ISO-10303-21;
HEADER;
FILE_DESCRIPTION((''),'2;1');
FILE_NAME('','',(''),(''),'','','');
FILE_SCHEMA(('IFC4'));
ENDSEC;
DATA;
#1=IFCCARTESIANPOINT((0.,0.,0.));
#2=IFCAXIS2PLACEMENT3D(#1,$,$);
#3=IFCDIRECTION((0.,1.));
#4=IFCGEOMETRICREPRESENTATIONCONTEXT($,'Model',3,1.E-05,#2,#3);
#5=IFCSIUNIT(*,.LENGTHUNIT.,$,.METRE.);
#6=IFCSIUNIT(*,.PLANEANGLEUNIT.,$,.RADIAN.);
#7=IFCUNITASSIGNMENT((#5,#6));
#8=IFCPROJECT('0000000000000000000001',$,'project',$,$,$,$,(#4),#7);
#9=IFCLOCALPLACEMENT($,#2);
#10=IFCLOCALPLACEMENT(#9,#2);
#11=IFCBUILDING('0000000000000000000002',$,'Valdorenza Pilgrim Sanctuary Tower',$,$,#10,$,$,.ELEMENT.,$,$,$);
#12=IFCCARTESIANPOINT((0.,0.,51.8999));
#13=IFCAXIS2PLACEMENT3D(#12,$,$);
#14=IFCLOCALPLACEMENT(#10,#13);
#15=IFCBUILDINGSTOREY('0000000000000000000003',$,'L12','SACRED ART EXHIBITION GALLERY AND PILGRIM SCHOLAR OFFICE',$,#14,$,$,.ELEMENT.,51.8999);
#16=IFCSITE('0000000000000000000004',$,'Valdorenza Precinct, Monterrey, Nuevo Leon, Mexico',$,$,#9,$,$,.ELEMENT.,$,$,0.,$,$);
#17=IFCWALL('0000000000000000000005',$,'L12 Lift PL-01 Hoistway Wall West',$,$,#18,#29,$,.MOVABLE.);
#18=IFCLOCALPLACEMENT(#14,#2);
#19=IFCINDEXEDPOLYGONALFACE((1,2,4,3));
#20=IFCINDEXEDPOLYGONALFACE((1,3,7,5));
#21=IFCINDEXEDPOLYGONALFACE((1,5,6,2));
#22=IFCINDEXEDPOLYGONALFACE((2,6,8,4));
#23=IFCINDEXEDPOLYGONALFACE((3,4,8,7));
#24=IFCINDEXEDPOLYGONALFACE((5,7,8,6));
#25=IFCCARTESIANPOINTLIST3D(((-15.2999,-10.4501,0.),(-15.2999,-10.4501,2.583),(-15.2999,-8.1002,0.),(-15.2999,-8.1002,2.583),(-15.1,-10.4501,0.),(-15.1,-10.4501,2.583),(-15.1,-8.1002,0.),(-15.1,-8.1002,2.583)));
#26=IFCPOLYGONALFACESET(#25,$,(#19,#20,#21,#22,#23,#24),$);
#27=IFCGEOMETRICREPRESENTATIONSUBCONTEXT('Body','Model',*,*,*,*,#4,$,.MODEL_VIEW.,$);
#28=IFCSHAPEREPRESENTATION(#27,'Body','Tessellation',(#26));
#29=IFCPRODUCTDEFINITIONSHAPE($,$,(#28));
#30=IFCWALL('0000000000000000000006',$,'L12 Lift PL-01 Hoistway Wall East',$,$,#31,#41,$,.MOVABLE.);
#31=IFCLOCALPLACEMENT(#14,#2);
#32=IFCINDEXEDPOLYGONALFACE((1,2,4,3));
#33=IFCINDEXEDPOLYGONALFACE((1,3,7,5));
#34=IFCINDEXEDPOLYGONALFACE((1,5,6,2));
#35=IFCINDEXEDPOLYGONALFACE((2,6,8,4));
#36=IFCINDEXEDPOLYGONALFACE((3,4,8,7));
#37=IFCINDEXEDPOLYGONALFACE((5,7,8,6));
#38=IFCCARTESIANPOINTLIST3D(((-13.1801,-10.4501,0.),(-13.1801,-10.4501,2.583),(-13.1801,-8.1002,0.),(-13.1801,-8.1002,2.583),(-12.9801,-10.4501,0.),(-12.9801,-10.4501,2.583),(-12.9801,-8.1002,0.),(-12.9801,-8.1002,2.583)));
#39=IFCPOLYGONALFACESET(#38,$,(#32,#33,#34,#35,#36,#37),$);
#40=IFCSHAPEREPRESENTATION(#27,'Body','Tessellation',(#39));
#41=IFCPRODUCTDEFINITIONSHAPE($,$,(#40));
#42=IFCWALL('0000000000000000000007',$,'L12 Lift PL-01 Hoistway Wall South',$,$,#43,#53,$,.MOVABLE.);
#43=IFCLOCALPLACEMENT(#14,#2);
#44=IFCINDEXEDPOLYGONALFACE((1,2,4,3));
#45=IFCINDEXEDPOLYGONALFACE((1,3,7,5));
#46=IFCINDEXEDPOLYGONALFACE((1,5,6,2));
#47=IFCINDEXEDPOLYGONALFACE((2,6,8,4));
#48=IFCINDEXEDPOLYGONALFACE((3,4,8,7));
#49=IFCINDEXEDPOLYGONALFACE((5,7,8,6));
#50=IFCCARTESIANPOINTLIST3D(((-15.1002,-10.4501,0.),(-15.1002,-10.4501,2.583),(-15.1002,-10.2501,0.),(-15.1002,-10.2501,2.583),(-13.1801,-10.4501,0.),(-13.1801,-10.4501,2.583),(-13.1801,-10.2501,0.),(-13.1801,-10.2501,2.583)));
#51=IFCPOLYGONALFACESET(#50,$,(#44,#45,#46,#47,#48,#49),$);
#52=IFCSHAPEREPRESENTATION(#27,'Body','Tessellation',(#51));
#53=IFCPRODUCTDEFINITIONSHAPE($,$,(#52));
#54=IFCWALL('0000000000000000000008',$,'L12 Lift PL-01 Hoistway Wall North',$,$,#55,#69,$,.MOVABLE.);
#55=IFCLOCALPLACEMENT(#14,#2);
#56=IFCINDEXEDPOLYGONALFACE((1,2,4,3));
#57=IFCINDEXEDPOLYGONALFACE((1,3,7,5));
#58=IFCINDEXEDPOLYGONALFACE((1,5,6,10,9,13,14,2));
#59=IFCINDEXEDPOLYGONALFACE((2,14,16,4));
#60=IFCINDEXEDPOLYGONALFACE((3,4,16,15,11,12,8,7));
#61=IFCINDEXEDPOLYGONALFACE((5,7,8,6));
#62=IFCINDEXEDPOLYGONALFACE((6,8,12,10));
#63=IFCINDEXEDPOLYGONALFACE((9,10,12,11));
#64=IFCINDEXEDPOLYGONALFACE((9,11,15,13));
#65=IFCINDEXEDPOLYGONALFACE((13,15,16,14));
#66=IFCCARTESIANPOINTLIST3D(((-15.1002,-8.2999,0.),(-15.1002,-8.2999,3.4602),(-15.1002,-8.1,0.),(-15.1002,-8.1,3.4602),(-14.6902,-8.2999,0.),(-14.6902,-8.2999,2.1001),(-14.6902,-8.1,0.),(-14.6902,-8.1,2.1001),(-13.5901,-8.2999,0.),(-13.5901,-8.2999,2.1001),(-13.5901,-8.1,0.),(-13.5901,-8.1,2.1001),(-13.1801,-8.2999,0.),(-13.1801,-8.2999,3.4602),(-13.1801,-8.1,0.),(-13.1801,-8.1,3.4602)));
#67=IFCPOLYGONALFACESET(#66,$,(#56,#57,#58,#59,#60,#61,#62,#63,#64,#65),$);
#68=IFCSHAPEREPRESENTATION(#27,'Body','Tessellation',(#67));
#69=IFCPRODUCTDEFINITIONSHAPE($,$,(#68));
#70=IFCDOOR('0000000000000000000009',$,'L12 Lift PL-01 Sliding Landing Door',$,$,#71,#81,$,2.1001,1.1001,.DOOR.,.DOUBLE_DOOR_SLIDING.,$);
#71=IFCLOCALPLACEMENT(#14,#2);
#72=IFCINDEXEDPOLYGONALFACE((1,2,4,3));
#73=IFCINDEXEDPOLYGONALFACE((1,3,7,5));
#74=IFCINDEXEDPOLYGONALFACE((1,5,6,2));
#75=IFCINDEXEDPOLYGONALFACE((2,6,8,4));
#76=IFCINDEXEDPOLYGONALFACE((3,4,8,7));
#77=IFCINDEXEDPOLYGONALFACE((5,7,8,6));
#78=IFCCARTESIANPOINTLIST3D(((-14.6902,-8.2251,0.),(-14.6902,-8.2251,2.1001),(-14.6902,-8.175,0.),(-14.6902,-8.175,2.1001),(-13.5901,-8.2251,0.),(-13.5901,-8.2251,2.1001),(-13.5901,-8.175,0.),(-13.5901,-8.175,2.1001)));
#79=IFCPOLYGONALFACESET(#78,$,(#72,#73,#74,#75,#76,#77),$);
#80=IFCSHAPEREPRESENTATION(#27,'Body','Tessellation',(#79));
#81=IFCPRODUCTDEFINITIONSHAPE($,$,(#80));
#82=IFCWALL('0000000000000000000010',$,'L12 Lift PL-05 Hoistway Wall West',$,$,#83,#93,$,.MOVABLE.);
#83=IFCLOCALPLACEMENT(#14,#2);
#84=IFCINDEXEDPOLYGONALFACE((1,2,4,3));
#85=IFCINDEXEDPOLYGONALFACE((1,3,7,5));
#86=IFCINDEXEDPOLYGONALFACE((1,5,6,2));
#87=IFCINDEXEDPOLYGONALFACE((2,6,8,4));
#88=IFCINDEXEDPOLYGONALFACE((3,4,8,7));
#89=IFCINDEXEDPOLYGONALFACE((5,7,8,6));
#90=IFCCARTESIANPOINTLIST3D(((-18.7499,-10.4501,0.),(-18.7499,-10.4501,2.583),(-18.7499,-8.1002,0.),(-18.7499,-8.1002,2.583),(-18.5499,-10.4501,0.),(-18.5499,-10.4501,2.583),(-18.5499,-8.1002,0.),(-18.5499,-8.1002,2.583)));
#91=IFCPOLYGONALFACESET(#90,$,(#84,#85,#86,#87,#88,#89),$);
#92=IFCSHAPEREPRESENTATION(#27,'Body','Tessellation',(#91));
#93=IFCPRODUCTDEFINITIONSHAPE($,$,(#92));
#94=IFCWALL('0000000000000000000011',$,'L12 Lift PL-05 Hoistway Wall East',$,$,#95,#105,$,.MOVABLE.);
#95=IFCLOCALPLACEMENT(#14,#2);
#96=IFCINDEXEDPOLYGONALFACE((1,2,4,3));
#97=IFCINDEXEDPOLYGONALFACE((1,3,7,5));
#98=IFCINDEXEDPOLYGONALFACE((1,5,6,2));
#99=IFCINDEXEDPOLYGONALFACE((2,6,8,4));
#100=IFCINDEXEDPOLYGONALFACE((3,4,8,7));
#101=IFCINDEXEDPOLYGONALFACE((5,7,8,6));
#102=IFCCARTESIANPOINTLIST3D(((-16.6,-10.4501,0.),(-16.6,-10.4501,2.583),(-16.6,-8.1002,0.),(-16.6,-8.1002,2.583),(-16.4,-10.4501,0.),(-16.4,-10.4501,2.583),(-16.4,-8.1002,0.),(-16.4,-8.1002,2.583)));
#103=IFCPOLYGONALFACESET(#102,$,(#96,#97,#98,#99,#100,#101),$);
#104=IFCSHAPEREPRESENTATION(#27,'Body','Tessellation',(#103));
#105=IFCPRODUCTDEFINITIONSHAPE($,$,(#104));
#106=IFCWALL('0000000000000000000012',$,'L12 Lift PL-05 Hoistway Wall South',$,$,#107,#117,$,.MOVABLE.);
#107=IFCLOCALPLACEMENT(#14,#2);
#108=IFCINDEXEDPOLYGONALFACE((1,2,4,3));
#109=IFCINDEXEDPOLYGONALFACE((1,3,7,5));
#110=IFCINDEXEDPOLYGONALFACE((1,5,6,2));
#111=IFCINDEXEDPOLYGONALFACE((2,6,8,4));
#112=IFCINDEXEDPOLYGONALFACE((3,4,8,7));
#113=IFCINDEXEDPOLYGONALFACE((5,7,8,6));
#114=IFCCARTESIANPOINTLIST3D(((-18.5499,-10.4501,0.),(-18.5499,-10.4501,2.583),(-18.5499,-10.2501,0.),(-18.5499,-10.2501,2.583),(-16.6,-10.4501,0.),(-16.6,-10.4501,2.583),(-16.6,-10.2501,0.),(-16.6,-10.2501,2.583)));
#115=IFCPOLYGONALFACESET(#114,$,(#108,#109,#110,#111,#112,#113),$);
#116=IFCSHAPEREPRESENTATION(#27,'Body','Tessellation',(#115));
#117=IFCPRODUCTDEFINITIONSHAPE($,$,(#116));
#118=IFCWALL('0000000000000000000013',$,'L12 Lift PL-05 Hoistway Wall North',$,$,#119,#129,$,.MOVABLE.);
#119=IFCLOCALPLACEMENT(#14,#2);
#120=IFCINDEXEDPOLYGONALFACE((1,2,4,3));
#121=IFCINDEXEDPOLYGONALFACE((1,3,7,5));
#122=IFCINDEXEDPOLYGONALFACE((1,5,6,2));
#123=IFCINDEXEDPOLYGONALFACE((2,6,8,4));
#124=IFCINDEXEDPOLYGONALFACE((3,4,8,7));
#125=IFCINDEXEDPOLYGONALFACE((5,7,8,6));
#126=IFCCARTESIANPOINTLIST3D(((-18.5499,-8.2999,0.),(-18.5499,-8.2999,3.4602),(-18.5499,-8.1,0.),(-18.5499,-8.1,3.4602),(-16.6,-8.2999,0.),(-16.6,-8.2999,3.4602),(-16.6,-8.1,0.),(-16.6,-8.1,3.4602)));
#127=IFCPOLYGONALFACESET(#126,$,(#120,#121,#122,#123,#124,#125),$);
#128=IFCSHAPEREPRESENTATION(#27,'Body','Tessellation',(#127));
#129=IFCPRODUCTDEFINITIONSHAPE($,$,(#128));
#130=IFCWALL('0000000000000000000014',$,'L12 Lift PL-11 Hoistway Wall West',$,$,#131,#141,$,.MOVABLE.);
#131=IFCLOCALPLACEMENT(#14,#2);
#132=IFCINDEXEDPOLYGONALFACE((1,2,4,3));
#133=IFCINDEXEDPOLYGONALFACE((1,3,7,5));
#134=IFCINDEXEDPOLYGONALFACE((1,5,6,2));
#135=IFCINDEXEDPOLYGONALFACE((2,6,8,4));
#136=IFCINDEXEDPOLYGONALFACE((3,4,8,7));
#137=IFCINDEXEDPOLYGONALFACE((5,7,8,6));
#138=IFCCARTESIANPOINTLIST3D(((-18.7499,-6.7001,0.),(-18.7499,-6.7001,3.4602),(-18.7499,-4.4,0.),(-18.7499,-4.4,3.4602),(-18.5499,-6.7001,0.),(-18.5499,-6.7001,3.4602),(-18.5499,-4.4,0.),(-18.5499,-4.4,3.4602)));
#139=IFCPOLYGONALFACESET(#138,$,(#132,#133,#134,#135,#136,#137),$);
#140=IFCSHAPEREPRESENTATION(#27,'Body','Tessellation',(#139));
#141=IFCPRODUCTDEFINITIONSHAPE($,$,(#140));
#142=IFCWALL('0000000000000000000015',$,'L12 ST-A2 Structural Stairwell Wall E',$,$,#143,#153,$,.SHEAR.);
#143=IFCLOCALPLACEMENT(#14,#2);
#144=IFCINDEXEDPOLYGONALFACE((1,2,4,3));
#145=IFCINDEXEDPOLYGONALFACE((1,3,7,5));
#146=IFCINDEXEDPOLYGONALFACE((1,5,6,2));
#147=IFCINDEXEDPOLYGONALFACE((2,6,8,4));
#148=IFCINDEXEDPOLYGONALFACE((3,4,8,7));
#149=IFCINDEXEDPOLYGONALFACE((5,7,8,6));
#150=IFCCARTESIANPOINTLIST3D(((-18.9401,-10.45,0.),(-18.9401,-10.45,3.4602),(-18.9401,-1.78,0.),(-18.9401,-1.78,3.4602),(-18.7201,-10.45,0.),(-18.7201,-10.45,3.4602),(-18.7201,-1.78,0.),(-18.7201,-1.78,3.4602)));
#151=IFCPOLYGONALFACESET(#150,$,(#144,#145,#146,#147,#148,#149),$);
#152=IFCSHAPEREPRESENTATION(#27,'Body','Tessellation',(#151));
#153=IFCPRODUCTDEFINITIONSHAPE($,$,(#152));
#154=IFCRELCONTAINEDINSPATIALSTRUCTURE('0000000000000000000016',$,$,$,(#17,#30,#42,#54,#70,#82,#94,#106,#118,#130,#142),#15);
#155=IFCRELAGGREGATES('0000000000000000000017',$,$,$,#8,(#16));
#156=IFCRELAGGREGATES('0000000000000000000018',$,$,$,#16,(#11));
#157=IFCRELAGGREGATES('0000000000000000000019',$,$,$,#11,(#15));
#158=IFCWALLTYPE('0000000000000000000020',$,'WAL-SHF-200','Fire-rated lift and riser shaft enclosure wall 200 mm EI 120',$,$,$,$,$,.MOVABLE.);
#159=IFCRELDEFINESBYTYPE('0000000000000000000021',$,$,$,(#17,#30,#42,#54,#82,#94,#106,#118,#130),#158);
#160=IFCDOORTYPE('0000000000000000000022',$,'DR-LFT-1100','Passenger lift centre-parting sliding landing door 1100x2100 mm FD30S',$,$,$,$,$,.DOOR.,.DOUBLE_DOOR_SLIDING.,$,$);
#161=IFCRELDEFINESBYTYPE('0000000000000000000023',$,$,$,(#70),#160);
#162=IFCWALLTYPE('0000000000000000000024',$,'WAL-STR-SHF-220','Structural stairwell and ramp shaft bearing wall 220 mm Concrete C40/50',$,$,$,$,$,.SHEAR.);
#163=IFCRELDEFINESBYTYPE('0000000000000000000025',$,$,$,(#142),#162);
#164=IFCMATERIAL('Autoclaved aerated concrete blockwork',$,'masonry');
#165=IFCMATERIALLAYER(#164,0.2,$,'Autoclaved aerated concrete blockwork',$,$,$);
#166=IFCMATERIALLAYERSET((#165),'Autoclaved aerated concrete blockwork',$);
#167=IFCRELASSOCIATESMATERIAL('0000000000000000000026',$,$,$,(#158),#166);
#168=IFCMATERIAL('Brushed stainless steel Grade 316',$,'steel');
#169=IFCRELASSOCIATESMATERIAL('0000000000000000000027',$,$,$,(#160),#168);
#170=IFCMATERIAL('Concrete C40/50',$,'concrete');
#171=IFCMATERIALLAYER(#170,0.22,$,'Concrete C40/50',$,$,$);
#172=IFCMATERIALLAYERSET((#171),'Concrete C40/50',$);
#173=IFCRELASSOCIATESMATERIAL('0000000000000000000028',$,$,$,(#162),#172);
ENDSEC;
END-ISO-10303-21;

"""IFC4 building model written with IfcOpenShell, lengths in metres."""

from ifc_helpers import new_model, si_unit, direction, frame, frame_2d, origin, place, context, subcontext, project, spatial, rectangle, extrude, material, layer, layer_set, type_object, element, fill, save


model = new_model("IFC4")

# Units and contexts
model_context = context("Model", 3, precision=1e-05, world=origin(), true_north=direction((0.0, 1.0)))
body_context = subcontext(model_context, "Body", "Model", "MODEL_VIEW")
ifc_project = project(units=[si_unit("LENGTHUNIT", "METRE"), si_unit("PLANEANGLEUNIT", "RADIAN")], contexts=[model_context])

# Site, building, storey
site_placement = place(None, origin())
site = spatial("IfcSite", under=ifc_project, at=site_placement, Name="Valdorenza Precinct, Monterrey, Nuevo Leon, Mexico", CompositionType="ELEMENT", RefElevation=0.0)
building_placement = place(site_placement, origin())
building = spatial("IfcBuilding", under=site, at=building_placement, Name="Valdorenza Pilgrim Sanctuary Tower", CompositionType="ELEMENT")
storey_placement = place(building_placement, frame((0.0, 0.0, 51.8999)))
storey = spatial("IfcBuildingStorey", under=building, at=storey_placement, Name="L12", Description="SACRED ART EXHIBITION GALLERY AND PILGRIM SCHOLAR OFFICE", CompositionType="ELEMENT", Elevation=51.8999)

# Walls
ifc_material_1 = material(Name="Autoclaved aerated concrete blockwork", Category="masonry")
ifc_layer_1 = layer(ifc_material_1, 0.2, Name="Autoclaved aerated concrete blockwork")
ifc_layer_set_1 = layer_set([ifc_layer_1], Name="Autoclaved aerated concrete blockwork")
wall_type_1 = type_object("IfcWallType", Name="WAL-SHF-200", Description="Fire-rated lift and riser shaft enclosure wall 200 mm EI 120", PredefinedType="MOVABLE", material=ifc_layer_set_1)
for number, where, z_axis, x_axis, name in (
    (1, (-15.2, -10.45, 0.0), (0.0, 0.0, 1.0), (0.0, 1.0, 0.0), "L12 Lift PL-01 Hoistway Wall West"),
    (2, (-13.0801, -10.45, 0.0), (0.0, 0.0, 1.0), (0.0, 1.0, 0.0), "L12 Lift PL-01 Hoistway Wall East"),
):
    element("IfcWall", number, at=place(storey_placement, frame(where, z_axis=z_axis, x_axis=x_axis)), inside=storey, type_object=wall_type_1, Name=name, PredefinedType="MOVABLE", context=body_context, shape_type="SweptSolid", body=[
        extrude(rectangle(XDim=2.3499, YDim=0.2, at=frame_2d((1.1748, 0.0))), origin(), (0.0, 0.0, 1.0), 2.583),
    ])
wall_1_placement = place(storey_placement, frame((-15.1001, -10.3501, 0.0), z_axis=(0.0, 0.0, 1.0), x_axis=(1.0, 0.0, 0.0)))
element("IfcWall", 3, at=wall_1_placement, inside=storey, type_object=wall_type_1, Name="L12 Lift PL-01 Hoistway Wall South", PredefinedType="MOVABLE", context=body_context, shape_type="SweptSolid", body=[
    extrude(rectangle(XDim=1.9202, YDim=0.2, at=frame_2d((0.96, 0.0))), origin(), (0.0, 0.0, 1.0), 2.583),
])

# Wall, opening, door
wall_2_placement = place(storey_placement, frame((-15.1001, -8.2, 0.0), z_axis=(0.0, 0.0, 1.0), x_axis=(1.0, 0.0, 0.0)))
wall_2 = element("IfcWall", 4, at=wall_2_placement, inside=storey, type_object=wall_type_1, Name="L12 Lift PL-01 Hoistway Wall North", PredefinedType="MOVABLE", context=body_context, shape_type="SweptSolid", body=[
    extrude(rectangle(XDim=1.9202, YDim=0.2, at=frame_2d((0.96, 0.0))), origin(), (0.0, 0.0, 1.0), 3.4602),
])
opening_1_placement = place(wall_2_placement, frame((0.4099, 0.0, 0.0)))
opening_1 = element("IfcOpeningElement", 5, at=opening_1_placement, cuts=wall_2, PredefinedType="OPENING", context=body_context, shape_type="SweptSolid", body=[
    extrude(rectangle(XDim=1.1001, YDim=2.1001, at=frame_2d((0.55, 1.05))), frame((0.0, 0.1147, 0.0), z_axis=(0.0, -1.0, 0.0), x_axis=(1.0, 0.0, 0.0)), (0.0, 0.0, 1.0), 0.2297),
])
ifc_material_2 = material(Name="Brushed stainless steel Grade 316", Category="steel")
door_type = type_object("IfcDoorType", Name="DR-LFT-1100", Description="Passenger lift centre-parting sliding landing door 1100x2100 mm FD30S", OperationType="DOUBLE_DOOR_SLIDING", PredefinedType="DOOR", material=ifc_material_2)
door_placement = place(opening_1_placement, origin())
door = element("IfcDoor", 6, at=door_placement, inside=storey, type_object=door_type, Name="L12 Lift PL-01 Sliding Landing Door", OperationType="DOUBLE_DOOR_SLIDING", OverallHeight=2.1001, OverallWidth=1.1001, PredefinedType="DOOR", context=body_context, shape_type="SweptSolid", body=[
    extrude(rectangle(XDim=1.1001, YDim=2.1001, at=frame_2d((0.55, 1.05))), frame((0.0, 0.0249, 0.0), z_axis=(0.0, -1.0, 0.0), x_axis=(1.0, 0.0, 0.0)), (0.0, 0.0, 1.0), 0.05),
])
fill(opening_1, door)

# Walls
for number, where, z_axis, x_axis, name in (
    (7, (-18.6499, -10.45, 0.0), (0.0, 0.0, 1.0), (0.0, 1.0, 0.0), "L12 Lift PL-05 Hoistway Wall West"),
    (8, (-16.5, -10.45, 0.0), (0.0, 0.0, 1.0), (0.0, 1.0, 0.0), "L12 Lift PL-05 Hoistway Wall East"),
):
    element("IfcWall", number, at=place(storey_placement, frame(where, z_axis=z_axis, x_axis=x_axis)), inside=storey, type_object=wall_type_1, Name=name, PredefinedType="MOVABLE", context=body_context, shape_type="SweptSolid", body=[
        extrude(rectangle(XDim=2.3499, YDim=0.2, at=frame_2d((1.1748, 0.0))), origin(), (0.0, 0.0, 1.0), 2.583),
    ])
wall_3_placement = place(storey_placement, frame((-18.55, -10.3501, 0.0), z_axis=(0.0, 0.0, 1.0), x_axis=(1.0, 0.0, 0.0)))
element("IfcWall", 9, at=wall_3_placement, inside=storey, type_object=wall_type_1, Name="L12 Lift PL-05 Hoistway Wall South", PredefinedType="MOVABLE", context=body_context, shape_type="SweptSolid", body=[
    extrude(rectangle(XDim=1.95, YDim=0.2, at=frame_2d((0.9751, 0.0))), origin(), (0.0, 0.0, 1.0), 2.583),
])
wall_4_placement = place(storey_placement, frame((-18.55, -8.2, 0.0), z_axis=(0.0, 0.0, 1.0), x_axis=(1.0, 0.0, 0.0)))
element("IfcWall", 10, at=wall_4_placement, inside=storey, type_object=wall_type_1, Name="L12 Lift PL-05 Hoistway Wall North", PredefinedType="MOVABLE", context=body_context, shape_type="SweptSolid", body=[
    extrude(rectangle(XDim=1.95, YDim=0.2, at=frame_2d((0.9751, 0.0))), origin(), (0.0, 0.0, 1.0), 3.4602),
])
wall_5_placement = place(storey_placement, frame((-18.6499, -6.7, 0.0), z_axis=(0.0, 0.0, 1.0), x_axis=(0.0, 1.0, 0.0)))
element("IfcWall", 11, at=wall_5_placement, inside=storey, type_object=wall_type_1, Name="L12 Lift PL-11 Hoistway Wall West", PredefinedType="MOVABLE", context=body_context, shape_type="SweptSolid", body=[
    extrude(rectangle(XDim=2.3, YDim=0.2, at=frame_2d((1.1499, 0.0))), origin(), (0.0, 0.0, 1.0), 3.4602),
])
ifc_material_3 = material(Name="Concrete C40/50", Category="concrete")
ifc_layer_2 = layer(ifc_material_3, 0.22, Name="Concrete C40/50")
ifc_layer_set_2 = layer_set([ifc_layer_2], Name="Concrete C40/50")
wall_type_2 = type_object("IfcWallType", Name="WAL-STR-SHF-220", Description="Structural stairwell and ramp shaft bearing wall 220 mm Concrete C40/50", PredefinedType="SHEAR", material=ifc_layer_set_2)
wall_6_placement = place(storey_placement, frame((-18.8301, -10.45, 0.0), z_axis=(0.0, 0.0, 1.0), x_axis=(0.0, 1.0, 0.0)))
element("IfcWall", 12, at=wall_6_placement, inside=storey, type_object=wall_type_2, Name="L12 ST-A2 Structural Stairwell Wall E", PredefinedType="SHEAR", context=body_context, shape_type="SweptSolid", body=[
    extrude(rectangle(XDim=8.6699, YDim=0.22, at=frame_2d((4.335, 0.0))), origin(), (0.0, 0.0, 1.0), 3.4602),
])

save(model, "model.ifc")
